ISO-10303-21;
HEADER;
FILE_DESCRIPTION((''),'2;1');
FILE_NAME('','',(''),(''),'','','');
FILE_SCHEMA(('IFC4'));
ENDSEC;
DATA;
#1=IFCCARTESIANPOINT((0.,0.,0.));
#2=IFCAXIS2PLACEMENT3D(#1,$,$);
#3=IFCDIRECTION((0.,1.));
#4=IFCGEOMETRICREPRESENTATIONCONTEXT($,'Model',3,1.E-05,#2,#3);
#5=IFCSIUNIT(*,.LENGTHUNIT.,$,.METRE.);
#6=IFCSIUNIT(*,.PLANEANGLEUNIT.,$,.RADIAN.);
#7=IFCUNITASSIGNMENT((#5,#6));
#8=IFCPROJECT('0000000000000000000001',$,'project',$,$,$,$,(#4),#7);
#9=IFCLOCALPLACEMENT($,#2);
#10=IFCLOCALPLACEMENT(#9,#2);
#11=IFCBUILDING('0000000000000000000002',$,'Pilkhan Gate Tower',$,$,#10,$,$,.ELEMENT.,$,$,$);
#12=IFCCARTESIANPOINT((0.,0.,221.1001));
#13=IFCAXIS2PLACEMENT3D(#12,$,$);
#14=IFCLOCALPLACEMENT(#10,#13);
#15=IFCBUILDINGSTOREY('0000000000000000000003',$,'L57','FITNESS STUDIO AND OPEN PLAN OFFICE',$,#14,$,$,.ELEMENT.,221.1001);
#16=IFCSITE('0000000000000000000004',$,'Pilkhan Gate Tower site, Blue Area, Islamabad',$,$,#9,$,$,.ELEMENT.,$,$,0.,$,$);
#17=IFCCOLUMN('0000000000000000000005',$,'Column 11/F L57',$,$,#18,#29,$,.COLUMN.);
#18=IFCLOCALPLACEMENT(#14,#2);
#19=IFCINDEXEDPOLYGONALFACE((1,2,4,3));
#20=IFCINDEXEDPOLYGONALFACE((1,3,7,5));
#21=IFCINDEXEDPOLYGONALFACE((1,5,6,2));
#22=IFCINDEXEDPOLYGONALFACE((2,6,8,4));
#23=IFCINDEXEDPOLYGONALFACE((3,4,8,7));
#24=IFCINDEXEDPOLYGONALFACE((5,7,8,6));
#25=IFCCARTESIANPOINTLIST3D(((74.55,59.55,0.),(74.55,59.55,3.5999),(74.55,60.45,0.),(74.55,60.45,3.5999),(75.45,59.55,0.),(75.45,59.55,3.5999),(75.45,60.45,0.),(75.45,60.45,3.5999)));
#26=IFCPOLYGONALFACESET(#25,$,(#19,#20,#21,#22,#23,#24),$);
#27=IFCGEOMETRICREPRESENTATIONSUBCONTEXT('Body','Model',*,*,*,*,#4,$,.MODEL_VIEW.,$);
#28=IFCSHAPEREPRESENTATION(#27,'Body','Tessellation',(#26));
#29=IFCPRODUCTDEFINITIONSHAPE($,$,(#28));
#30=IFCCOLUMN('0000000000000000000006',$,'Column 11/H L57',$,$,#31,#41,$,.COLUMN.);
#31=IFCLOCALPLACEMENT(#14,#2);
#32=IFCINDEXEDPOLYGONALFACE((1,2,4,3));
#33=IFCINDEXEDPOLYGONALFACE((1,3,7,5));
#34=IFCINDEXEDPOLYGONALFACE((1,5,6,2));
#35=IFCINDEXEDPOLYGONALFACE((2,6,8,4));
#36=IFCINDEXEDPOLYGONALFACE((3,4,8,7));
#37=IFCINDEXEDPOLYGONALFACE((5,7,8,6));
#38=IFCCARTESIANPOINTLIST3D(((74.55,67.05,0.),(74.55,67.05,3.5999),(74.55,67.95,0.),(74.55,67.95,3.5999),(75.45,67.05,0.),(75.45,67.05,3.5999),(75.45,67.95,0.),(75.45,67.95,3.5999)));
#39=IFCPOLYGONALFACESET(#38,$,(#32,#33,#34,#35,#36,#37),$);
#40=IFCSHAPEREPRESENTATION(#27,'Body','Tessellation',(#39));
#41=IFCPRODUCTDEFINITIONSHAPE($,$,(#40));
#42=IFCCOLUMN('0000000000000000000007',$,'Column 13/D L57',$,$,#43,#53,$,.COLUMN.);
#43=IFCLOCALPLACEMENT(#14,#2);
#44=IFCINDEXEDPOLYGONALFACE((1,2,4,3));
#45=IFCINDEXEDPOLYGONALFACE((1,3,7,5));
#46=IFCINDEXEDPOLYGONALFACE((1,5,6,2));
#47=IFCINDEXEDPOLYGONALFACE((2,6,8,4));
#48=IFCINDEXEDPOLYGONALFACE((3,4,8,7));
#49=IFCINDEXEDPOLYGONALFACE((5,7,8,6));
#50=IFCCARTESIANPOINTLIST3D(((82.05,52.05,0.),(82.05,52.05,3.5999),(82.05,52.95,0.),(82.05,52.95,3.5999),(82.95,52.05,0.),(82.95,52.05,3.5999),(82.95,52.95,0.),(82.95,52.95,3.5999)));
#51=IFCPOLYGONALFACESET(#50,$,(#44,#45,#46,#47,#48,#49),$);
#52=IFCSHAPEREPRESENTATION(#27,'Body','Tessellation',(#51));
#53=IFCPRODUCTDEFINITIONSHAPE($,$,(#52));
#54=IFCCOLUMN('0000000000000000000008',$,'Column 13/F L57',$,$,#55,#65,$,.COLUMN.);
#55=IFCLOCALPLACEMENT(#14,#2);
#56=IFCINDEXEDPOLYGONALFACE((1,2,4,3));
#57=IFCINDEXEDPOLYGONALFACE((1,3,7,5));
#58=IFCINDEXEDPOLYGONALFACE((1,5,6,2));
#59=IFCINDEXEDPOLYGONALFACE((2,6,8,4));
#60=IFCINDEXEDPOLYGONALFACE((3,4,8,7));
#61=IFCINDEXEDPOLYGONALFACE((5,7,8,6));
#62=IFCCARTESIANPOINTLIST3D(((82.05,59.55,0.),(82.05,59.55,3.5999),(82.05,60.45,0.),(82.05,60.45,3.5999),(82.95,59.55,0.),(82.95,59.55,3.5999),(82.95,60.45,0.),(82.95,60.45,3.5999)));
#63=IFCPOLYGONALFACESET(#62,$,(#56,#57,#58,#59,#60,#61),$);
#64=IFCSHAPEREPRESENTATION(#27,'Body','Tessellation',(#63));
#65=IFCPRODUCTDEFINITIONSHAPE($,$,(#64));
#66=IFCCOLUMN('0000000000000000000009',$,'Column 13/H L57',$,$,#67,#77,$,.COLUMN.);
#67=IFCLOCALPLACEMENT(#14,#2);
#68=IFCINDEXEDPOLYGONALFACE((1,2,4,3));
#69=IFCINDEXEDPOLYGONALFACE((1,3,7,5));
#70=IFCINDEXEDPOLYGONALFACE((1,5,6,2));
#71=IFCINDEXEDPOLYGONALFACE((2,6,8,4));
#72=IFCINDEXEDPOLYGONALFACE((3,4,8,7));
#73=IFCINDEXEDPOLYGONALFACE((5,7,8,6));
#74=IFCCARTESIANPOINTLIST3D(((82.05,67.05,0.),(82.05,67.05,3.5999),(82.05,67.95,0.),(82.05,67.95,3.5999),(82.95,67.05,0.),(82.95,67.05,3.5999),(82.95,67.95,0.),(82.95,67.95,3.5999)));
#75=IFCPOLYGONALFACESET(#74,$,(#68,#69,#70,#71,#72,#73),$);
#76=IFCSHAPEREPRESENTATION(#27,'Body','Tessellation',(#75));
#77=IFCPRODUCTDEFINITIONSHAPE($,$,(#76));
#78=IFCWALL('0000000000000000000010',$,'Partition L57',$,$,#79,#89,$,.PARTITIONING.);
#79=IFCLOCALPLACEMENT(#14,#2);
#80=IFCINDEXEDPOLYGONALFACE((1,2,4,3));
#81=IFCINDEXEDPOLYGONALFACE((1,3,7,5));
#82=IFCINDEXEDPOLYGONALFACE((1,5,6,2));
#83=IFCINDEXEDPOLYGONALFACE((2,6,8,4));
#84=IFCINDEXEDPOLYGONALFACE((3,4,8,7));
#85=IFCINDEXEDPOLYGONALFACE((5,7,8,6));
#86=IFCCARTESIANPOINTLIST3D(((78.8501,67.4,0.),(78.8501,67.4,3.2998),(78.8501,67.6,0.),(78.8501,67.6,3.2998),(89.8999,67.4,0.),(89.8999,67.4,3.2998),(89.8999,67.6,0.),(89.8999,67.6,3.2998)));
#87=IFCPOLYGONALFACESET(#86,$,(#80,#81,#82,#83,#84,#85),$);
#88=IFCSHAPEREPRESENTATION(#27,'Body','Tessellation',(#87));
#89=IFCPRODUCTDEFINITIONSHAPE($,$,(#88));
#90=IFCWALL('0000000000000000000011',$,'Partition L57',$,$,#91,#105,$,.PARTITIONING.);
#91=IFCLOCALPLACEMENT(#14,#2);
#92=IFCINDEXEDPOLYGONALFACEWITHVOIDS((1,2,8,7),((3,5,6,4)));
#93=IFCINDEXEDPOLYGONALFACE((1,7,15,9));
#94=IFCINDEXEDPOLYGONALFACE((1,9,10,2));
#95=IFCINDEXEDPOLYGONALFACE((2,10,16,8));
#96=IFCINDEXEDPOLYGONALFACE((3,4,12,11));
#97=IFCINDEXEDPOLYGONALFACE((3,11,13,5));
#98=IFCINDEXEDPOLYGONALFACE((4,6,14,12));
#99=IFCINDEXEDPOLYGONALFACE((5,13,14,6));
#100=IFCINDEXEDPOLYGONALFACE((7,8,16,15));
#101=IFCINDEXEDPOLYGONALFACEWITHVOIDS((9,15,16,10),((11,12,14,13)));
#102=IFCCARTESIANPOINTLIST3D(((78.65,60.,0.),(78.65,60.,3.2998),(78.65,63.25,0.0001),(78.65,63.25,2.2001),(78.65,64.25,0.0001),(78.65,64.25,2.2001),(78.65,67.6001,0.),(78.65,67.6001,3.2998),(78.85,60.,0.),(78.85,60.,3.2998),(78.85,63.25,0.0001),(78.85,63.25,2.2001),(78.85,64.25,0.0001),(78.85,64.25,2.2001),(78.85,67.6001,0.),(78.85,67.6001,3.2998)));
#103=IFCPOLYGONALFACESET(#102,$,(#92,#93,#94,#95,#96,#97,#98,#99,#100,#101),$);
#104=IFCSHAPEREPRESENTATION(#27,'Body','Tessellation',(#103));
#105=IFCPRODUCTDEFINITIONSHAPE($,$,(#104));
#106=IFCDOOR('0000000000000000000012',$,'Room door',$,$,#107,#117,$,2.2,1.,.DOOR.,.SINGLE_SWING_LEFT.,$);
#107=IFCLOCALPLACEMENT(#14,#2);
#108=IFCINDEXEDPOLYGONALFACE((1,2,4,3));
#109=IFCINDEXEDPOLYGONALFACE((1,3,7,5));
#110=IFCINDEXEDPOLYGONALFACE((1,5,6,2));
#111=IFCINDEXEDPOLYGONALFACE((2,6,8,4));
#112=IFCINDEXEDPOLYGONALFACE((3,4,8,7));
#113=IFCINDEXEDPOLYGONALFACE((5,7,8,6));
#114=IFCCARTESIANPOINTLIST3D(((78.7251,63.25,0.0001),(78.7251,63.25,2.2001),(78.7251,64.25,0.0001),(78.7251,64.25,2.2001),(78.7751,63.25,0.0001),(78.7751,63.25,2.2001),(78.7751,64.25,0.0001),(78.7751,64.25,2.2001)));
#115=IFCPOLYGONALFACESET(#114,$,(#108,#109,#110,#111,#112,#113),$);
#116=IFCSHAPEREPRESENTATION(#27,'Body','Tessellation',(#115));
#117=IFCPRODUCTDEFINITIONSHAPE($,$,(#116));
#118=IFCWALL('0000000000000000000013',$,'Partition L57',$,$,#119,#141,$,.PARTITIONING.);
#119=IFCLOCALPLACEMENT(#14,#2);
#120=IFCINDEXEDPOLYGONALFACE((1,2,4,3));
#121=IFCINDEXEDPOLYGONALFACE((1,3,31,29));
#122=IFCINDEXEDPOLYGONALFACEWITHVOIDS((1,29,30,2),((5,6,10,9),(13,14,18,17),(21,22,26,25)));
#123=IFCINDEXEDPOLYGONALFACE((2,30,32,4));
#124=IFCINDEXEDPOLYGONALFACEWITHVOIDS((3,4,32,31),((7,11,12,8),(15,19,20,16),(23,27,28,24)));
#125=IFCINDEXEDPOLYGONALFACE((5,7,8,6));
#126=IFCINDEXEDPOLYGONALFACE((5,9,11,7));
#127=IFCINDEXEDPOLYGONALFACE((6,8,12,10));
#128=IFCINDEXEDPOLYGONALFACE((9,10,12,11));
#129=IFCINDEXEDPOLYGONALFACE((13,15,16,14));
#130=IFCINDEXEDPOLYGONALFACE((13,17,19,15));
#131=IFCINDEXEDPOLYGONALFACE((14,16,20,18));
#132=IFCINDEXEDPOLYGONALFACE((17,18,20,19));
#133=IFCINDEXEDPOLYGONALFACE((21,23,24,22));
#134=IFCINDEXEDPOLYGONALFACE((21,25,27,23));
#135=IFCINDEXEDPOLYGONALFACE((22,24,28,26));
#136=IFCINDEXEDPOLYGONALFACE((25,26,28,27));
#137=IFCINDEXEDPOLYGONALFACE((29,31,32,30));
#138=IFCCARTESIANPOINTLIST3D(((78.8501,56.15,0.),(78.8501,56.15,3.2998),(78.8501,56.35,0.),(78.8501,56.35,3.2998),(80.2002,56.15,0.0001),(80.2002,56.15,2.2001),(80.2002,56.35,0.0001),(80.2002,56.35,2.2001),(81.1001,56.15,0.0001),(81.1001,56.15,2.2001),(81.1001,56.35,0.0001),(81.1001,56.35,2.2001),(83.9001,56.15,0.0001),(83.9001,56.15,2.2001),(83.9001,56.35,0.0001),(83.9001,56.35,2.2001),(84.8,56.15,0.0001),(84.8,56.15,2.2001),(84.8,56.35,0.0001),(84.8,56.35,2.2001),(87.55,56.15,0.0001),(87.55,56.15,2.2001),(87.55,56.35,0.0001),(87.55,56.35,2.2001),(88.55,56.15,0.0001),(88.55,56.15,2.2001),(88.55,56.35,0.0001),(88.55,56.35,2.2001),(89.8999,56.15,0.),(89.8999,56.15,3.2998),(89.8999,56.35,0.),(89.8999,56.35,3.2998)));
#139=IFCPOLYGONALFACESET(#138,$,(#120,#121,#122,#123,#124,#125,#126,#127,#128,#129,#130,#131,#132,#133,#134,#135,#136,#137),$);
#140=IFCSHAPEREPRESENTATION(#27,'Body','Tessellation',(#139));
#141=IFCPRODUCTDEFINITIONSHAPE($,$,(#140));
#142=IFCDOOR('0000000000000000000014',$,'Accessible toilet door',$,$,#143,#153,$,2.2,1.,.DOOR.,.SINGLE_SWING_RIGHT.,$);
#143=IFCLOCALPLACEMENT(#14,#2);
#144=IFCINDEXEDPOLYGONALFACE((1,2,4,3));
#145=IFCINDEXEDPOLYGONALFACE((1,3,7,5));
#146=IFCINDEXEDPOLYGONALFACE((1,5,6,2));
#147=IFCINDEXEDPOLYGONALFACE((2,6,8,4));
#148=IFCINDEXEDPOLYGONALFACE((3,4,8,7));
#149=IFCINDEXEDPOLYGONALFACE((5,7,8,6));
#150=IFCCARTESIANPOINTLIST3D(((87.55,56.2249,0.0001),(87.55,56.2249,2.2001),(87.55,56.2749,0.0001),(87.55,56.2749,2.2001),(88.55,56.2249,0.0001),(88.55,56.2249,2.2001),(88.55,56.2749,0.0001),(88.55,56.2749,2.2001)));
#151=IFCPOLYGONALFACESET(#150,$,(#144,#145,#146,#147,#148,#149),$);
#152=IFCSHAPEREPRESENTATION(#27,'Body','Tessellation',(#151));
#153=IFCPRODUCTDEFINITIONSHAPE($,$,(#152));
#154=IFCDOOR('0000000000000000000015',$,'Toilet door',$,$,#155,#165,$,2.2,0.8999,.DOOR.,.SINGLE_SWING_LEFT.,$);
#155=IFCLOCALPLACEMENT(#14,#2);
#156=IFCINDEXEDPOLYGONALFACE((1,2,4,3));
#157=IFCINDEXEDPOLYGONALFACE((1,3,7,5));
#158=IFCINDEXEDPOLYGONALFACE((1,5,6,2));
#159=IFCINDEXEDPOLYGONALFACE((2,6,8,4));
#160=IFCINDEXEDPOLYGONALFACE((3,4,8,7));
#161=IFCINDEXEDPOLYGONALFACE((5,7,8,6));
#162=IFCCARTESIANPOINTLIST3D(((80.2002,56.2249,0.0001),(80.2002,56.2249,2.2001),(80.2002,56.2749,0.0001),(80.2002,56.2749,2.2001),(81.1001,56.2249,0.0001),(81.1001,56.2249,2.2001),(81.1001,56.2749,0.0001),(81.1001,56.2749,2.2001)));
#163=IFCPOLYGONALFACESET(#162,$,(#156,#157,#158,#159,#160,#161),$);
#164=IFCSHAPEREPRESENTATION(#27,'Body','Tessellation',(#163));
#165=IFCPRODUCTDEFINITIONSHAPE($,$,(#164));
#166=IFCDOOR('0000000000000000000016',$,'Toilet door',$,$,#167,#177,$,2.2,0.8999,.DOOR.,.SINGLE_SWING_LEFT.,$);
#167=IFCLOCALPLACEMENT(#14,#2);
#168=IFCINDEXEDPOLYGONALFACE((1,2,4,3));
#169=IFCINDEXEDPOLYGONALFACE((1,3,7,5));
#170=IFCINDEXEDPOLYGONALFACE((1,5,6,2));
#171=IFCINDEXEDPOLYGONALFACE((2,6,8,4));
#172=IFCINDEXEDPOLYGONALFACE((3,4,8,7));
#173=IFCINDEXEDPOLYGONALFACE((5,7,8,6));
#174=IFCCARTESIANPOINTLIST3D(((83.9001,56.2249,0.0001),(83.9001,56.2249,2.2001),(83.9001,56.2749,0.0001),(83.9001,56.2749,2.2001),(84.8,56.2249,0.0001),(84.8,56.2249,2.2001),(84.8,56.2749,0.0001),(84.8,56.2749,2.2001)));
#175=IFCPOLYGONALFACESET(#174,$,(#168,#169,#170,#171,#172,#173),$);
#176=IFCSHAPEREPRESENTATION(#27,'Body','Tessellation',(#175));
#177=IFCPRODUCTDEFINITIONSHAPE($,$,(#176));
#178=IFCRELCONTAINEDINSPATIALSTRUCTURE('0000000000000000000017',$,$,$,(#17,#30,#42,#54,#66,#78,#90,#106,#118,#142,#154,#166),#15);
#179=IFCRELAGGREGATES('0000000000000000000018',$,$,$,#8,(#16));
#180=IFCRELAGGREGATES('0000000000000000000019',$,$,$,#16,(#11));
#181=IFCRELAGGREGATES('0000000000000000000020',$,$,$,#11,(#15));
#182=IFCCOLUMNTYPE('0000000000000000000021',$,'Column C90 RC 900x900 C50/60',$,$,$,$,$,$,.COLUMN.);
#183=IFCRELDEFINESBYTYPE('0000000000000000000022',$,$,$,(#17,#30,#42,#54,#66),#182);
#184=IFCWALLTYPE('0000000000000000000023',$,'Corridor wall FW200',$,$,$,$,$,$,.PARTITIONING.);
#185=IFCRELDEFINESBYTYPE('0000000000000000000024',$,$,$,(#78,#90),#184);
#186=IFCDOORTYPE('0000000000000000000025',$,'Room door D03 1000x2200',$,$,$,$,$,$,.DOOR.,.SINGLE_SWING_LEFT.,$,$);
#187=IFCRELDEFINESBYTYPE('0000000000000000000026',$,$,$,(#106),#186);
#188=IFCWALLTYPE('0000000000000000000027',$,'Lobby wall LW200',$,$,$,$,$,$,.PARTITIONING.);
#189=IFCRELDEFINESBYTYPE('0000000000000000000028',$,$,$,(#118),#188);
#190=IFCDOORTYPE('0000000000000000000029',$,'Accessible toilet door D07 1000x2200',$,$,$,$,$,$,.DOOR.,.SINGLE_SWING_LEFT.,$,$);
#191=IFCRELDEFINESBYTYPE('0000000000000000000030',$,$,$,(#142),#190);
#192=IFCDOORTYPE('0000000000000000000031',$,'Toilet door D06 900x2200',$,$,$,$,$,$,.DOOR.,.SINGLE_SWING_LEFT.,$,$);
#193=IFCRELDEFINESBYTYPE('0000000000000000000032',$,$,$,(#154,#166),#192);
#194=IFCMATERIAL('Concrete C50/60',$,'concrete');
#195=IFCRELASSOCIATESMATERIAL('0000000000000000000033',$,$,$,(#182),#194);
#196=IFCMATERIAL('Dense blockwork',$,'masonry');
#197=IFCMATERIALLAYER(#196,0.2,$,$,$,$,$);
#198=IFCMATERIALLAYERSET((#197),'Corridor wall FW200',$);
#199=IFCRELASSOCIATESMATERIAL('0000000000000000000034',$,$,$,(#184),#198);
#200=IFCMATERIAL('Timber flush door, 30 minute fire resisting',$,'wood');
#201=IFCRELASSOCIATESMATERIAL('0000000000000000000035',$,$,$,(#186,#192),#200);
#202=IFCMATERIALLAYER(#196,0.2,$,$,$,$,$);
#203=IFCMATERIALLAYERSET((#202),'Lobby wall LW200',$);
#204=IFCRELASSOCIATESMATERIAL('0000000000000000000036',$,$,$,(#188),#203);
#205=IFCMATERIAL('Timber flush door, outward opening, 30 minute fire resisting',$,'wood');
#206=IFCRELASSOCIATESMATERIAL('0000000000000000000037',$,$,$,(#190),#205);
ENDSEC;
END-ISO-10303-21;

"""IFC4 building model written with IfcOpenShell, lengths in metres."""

from ifc_helpers import new_model, si_unit, direction, frame, frame_2d, origin, origin_2d, place, context, subcontext, project, spatial, rectangle, extrude, material, layer, layer_set, material_profile, profile_set, type_object, element, fill, save


model = new_model("IFC4")

# Units and contexts
model_context = context("Model", 3, precision=1e-05, world=origin(), true_north=direction((0.0, 1.0)))
body_context = subcontext(model_context, "Body", "Model", "MODEL_VIEW")
ifc_project = project(units=[si_unit("LENGTHUNIT", "METRE"), si_unit("PLANEANGLEUNIT", "RADIAN")], contexts=[model_context])

# Site, building, storey
site_placement = place(None, origin())
site = spatial("IfcSite", under=ifc_project, at=site_placement, Name="Pilkhan Gate Tower site, Blue Area, Islamabad", CompositionType="ELEMENT", RefElevation=0.0)
building_placement = place(site_placement, origin())
building = spatial("IfcBuilding", under=site, at=building_placement, Name="Pilkhan Gate Tower", CompositionType="ELEMENT")
storey_placement = place(building_placement, frame((0.0, 0.0, 221.1001)))
storey = spatial("IfcBuildingStorey", under=building, at=storey_placement, Name="L57", Description="FITNESS STUDIO AND OPEN PLAN OFFICE", CompositionType="ELEMENT", Elevation=221.1001)

# Columns
ifc_material_1 = material(Name="Concrete C50/60", Category="concrete")
ifc_material_profile = material_profile(ifc_material_1, rectangle(XDim=0.8999, YDim=0.8999, at=origin_2d()), Name="RC 900x900")
ifc_profile_set = profile_set([ifc_material_profile], Name="Concrete C50/60")
column_type = type_object("IfcColumnType", Name="Column C90 RC 900x900 C50/60", PredefinedType="COLUMN", material=ifc_profile_set)
for number, where, z_axis, x_axis, name in (
    (1, (75.0, 60.0, 0.0), (0.0, 0.0, 1.0), (1.0, 0.0, 0.0), "Column 11/F L57"),
    (2, (75.0, 67.5, 0.0), (0.0, 0.0, 1.0), (1.0, 0.0, 0.0), "Column 11/H L57"),
    (3, (82.5, 52.5, 0.0), (0.0, 0.0, 1.0), (1.0, 0.0, 0.0), "Column 13/D L57"),
    (4, (82.5, 60.0, 0.0), (0.0, 0.0, 1.0), (1.0, 0.0, 0.0), "Column 13/F L57"),
    (5, (82.5, 67.5, 0.0), (0.0, 0.0, 1.0), (1.0, 0.0, 0.0), "Column 13/H L57"),
):
    element("IfcColumn", number, at=place(storey_placement, frame(where, z_axis=z_axis, x_axis=x_axis)), inside=storey, type_object=column_type, Name=name, PredefinedType="COLUMN", context=body_context, shape_type="SweptSolid", body=[
        extrude(rectangle(XDim=0.8999, YDim=0.8999, at=origin_2d()), origin(), (0.0, 0.0, 1.0), 3.5999),
    ])

# Wall
ifc_material_2 = material(Name="Dense blockwork", Category="masonry")
ifc_layer_1 = layer(ifc_material_2, 0.2)
ifc_layer_set_1 = layer_set([ifc_layer_1], Name="Corridor wall FW200")
wall_type_1 = type_object("IfcWallType", Name="Corridor wall FW200", PredefinedType="PARTITIONING", material=ifc_layer_set_1)
wall_1_placement = place(storey_placement, frame((78.8501, 67.5, 0.0), z_axis=(0.0, 0.0, 1.0), x_axis=(1.0, 0.0, 0.0)))
element("IfcWall", 6, at=wall_1_placement, inside=storey, type_object=wall_type_1, Name="Partition L57", PredefinedType="PARTITIONING", context=body_context, shape_type="SweptSolid", body=[
    extrude(rectangle(XDim=11.0498, YDim=0.2, at=frame_2d((5.5249, 0.0))), origin(), (0.0, 0.0, 1.0), 3.2998),
])

# Wall, opening, door
wall_2_placement = place(storey_placement, frame((78.75, 60.0, 0.0), z_axis=(0.0, 0.0, 1.0), x_axis=(0.0, 1.0, 0.0)))
wall_2 = element("IfcWall", 7, at=wall_2_placement, inside=storey, type_object=wall_type_1, Name="Partition L57", PredefinedType="PARTITIONING", context=body_context, shape_type="SweptSolid", body=[
    extrude(rectangle(XDim=7.6001, YDim=0.2, at=frame_2d((3.8, 0.0))), origin(), (0.0, 0.0, 1.0), 3.2998),
])
opening_1_placement = place(wall_2_placement, frame((3.25, 0.0, 0.0)))
opening_1 = element("IfcOpeningElement", 8, at=opening_1_placement, cuts=wall_2, PredefinedType="OPENING", context=body_context, shape_type="SweptSolid", body=[
    extrude(rectangle(XDim=1.0, YDim=2.2, at=frame_2d((0.5, 1.1001))), frame((0.0, 0.1099, 0.0), z_axis=(0.0, -1.0, 0.0), x_axis=(1.0, 0.0, 0.0)), (0.0, 0.0, 1.0), 0.22),
])
ifc_material_3 = material(Name="Timber flush door, 30 minute fire resisting", Category="wood")
door_type_1 = type_object("IfcDoorType", Name="Room door D03 1000x2200", OperationType="SINGLE_SWING_LEFT", PredefinedType="DOOR", material=ifc_material_3)
door_1_placement = place(opening_1_placement, origin())
door_1 = element("IfcDoor", 9, at=door_1_placement, inside=storey, type_object=door_type_1, Name="Room door", OperationType="SINGLE_SWING_LEFT", OverallHeight=2.2, OverallWidth=1.0, PredefinedType="DOOR", context=body_context, shape_type="SweptSolid", body=[
    extrude(rectangle(XDim=1.0, YDim=2.2, at=frame_2d((0.5, 1.1001))), frame((0.0, 0.0249, 0.0), z_axis=(0.0, -1.0, 0.0), x_axis=(1.0, 0.0, 0.0)), (0.0, 0.0, 1.0), 0.05),
])
fill(opening_1, door_1)

# Wall, openings, doors
ifc_layer_2 = layer(ifc_material_2, 0.2)
ifc_layer_set_2 = layer_set([ifc_layer_2], Name="Lobby wall LW200")
wall_type_2 = type_object("IfcWallType", Name="Lobby wall LW200", PredefinedType="PARTITIONING", material=ifc_layer_set_2)
wall_3_placement = place(storey_placement, frame((78.8501, 56.25, 0.0), z_axis=(0.0, 0.0, 1.0), x_axis=(1.0, 0.0, 0.0)))
wall_3 = element("IfcWall", 10, at=wall_3_placement, inside=storey, type_object=wall_type_2, Name="Partition L57", PredefinedType="PARTITIONING", context=body_context, shape_type="SweptSolid", body=[
    extrude(rectangle(XDim=11.0498, YDim=0.2, at=frame_2d((5.5249, 0.0))), origin(), (0.0, 0.0, 1.0), 3.2998),
])
opening_2_placement = place(wall_3_placement, frame((1.3501, 0.0, 0.0)))
opening_2 = element("IfcOpeningElement", 11, at=opening_2_placement, cuts=wall_3, PredefinedType="OPENING", context=body_context, shape_type="SweptSolid", body=[
    extrude(rectangle(XDim=0.8999, YDim=2.2, at=frame_2d((0.45, 1.1001))), frame((0.0, 0.1099, 0.0), z_axis=(0.0, -1.0, 0.0), x_axis=(1.0, 0.0, 0.0)), (0.0, 0.0, 1.0), 0.22),
])
opening_3_placement = place(wall_3_placement, frame((5.05, 0.0, 0.0)))
opening_3 = element("IfcOpeningElement", 12, at=opening_3_placement, cuts=wall_3, PredefinedType="OPENING", context=body_context, shape_type="SweptSolid", body=[
    extrude(rectangle(XDim=0.8999, YDim=2.2, at=frame_2d((0.45, 1.1001))), frame((0.0, 0.1099, 0.0), z_axis=(0.0, -1.0, 0.0), x_axis=(1.0, 0.0, 0.0)), (0.0, 0.0, 1.0), 0.22),
])
opening_4_placement = place(wall_3_placement, frame((8.7, 0.0, 0.0)))
opening_4 = element("IfcOpeningElement", 13, at=opening_4_placement, cuts=wall_3, PredefinedType="OPENING", context=body_context, shape_type="SweptSolid", body=[
    extrude(rectangle(XDim=1.0, YDim=2.2, at=frame_2d((0.5, 1.1001))), frame((0.0, 0.1099, 0.0), z_axis=(0.0, -1.0, 0.0), x_axis=(1.0, 0.0, 0.0)), (0.0, 0.0, 1.0), 0.22),
])
ifc_material_4 = material(Name="Timber flush door, outward opening, 30 minute fire resisting", Category="wood")
door_type_2 = type_object("IfcDoorType", Name="Accessible toilet door D07 1000x2200", OperationType="SINGLE_SWING_LEFT", PredefinedType="DOOR", material=ifc_material_4)
door_2_placement = place(opening_4_placement, origin())
door_2 = element("IfcDoor", 14, at=door_2_placement, inside=storey, type_object=door_type_2, Name="Accessible toilet door", OperationType="SINGLE_SWING_RIGHT", OverallHeight=2.2, OverallWidth=1.0, PredefinedType="DOOR", context=body_context, shape_type="SweptSolid", body=[
    extrude(rectangle(XDim=1.0, YDim=2.2, at=frame_2d((0.5, 1.1001))), frame((0.0, 0.0249, 0.0), z_axis=(0.0, -1.0, 0.0), x_axis=(1.0, 0.0, 0.0)), (0.0, 0.0, 1.0), 0.05),
])
fill(opening_4, door_2)
door_type_3 = type_object("IfcDoorType", Name="Toilet door D06 900x2200", OperationType="SINGLE_SWING_LEFT", PredefinedType="DOOR", material=ifc_material_3)
door_3_placement = place(opening_2_placement, origin())
door_3 = element("IfcDoor", 15, at=door_3_placement, inside=storey, type_object=door_type_3, Name="Toilet door", OperationType="SINGLE_SWING_LEFT", OverallHeight=2.2, OverallWidth=0.8999, PredefinedType="DOOR", context=body_context, shape_type="SweptSolid", body=[
    extrude(rectangle(XDim=0.8999, YDim=2.2, at=frame_2d((0.45, 1.1001))), frame((0.0, 0.0249, 0.0), z_axis=(0.0, -1.0, 0.0), x_axis=(1.0, 0.0, 0.0)), (0.0, 0.0, 1.0), 0.05),
])
fill(opening_2, door_3)
door_4_placement = place(opening_3_placement, origin())
door_4 = element("IfcDoor", 16, at=door_4_placement, inside=storey, type_object=door_type_3, Name="Toilet door", OperationType="SINGLE_SWING_LEFT", OverallHeight=2.2, OverallWidth=0.8999, PredefinedType="DOOR", context=body_context, shape_type="SweptSolid", body=[
    extrude(rectangle(XDim=0.8999, YDim=2.2, at=frame_2d((0.45, 1.1001))), frame((0.0, 0.0249, 0.0), z_axis=(0.0, -1.0, 0.0), x_axis=(1.0, 0.0, 0.0)), (0.0, 0.0, 1.0), 0.05),
])
fill(opening_3, door_4)

save(model, "model.ifc")
